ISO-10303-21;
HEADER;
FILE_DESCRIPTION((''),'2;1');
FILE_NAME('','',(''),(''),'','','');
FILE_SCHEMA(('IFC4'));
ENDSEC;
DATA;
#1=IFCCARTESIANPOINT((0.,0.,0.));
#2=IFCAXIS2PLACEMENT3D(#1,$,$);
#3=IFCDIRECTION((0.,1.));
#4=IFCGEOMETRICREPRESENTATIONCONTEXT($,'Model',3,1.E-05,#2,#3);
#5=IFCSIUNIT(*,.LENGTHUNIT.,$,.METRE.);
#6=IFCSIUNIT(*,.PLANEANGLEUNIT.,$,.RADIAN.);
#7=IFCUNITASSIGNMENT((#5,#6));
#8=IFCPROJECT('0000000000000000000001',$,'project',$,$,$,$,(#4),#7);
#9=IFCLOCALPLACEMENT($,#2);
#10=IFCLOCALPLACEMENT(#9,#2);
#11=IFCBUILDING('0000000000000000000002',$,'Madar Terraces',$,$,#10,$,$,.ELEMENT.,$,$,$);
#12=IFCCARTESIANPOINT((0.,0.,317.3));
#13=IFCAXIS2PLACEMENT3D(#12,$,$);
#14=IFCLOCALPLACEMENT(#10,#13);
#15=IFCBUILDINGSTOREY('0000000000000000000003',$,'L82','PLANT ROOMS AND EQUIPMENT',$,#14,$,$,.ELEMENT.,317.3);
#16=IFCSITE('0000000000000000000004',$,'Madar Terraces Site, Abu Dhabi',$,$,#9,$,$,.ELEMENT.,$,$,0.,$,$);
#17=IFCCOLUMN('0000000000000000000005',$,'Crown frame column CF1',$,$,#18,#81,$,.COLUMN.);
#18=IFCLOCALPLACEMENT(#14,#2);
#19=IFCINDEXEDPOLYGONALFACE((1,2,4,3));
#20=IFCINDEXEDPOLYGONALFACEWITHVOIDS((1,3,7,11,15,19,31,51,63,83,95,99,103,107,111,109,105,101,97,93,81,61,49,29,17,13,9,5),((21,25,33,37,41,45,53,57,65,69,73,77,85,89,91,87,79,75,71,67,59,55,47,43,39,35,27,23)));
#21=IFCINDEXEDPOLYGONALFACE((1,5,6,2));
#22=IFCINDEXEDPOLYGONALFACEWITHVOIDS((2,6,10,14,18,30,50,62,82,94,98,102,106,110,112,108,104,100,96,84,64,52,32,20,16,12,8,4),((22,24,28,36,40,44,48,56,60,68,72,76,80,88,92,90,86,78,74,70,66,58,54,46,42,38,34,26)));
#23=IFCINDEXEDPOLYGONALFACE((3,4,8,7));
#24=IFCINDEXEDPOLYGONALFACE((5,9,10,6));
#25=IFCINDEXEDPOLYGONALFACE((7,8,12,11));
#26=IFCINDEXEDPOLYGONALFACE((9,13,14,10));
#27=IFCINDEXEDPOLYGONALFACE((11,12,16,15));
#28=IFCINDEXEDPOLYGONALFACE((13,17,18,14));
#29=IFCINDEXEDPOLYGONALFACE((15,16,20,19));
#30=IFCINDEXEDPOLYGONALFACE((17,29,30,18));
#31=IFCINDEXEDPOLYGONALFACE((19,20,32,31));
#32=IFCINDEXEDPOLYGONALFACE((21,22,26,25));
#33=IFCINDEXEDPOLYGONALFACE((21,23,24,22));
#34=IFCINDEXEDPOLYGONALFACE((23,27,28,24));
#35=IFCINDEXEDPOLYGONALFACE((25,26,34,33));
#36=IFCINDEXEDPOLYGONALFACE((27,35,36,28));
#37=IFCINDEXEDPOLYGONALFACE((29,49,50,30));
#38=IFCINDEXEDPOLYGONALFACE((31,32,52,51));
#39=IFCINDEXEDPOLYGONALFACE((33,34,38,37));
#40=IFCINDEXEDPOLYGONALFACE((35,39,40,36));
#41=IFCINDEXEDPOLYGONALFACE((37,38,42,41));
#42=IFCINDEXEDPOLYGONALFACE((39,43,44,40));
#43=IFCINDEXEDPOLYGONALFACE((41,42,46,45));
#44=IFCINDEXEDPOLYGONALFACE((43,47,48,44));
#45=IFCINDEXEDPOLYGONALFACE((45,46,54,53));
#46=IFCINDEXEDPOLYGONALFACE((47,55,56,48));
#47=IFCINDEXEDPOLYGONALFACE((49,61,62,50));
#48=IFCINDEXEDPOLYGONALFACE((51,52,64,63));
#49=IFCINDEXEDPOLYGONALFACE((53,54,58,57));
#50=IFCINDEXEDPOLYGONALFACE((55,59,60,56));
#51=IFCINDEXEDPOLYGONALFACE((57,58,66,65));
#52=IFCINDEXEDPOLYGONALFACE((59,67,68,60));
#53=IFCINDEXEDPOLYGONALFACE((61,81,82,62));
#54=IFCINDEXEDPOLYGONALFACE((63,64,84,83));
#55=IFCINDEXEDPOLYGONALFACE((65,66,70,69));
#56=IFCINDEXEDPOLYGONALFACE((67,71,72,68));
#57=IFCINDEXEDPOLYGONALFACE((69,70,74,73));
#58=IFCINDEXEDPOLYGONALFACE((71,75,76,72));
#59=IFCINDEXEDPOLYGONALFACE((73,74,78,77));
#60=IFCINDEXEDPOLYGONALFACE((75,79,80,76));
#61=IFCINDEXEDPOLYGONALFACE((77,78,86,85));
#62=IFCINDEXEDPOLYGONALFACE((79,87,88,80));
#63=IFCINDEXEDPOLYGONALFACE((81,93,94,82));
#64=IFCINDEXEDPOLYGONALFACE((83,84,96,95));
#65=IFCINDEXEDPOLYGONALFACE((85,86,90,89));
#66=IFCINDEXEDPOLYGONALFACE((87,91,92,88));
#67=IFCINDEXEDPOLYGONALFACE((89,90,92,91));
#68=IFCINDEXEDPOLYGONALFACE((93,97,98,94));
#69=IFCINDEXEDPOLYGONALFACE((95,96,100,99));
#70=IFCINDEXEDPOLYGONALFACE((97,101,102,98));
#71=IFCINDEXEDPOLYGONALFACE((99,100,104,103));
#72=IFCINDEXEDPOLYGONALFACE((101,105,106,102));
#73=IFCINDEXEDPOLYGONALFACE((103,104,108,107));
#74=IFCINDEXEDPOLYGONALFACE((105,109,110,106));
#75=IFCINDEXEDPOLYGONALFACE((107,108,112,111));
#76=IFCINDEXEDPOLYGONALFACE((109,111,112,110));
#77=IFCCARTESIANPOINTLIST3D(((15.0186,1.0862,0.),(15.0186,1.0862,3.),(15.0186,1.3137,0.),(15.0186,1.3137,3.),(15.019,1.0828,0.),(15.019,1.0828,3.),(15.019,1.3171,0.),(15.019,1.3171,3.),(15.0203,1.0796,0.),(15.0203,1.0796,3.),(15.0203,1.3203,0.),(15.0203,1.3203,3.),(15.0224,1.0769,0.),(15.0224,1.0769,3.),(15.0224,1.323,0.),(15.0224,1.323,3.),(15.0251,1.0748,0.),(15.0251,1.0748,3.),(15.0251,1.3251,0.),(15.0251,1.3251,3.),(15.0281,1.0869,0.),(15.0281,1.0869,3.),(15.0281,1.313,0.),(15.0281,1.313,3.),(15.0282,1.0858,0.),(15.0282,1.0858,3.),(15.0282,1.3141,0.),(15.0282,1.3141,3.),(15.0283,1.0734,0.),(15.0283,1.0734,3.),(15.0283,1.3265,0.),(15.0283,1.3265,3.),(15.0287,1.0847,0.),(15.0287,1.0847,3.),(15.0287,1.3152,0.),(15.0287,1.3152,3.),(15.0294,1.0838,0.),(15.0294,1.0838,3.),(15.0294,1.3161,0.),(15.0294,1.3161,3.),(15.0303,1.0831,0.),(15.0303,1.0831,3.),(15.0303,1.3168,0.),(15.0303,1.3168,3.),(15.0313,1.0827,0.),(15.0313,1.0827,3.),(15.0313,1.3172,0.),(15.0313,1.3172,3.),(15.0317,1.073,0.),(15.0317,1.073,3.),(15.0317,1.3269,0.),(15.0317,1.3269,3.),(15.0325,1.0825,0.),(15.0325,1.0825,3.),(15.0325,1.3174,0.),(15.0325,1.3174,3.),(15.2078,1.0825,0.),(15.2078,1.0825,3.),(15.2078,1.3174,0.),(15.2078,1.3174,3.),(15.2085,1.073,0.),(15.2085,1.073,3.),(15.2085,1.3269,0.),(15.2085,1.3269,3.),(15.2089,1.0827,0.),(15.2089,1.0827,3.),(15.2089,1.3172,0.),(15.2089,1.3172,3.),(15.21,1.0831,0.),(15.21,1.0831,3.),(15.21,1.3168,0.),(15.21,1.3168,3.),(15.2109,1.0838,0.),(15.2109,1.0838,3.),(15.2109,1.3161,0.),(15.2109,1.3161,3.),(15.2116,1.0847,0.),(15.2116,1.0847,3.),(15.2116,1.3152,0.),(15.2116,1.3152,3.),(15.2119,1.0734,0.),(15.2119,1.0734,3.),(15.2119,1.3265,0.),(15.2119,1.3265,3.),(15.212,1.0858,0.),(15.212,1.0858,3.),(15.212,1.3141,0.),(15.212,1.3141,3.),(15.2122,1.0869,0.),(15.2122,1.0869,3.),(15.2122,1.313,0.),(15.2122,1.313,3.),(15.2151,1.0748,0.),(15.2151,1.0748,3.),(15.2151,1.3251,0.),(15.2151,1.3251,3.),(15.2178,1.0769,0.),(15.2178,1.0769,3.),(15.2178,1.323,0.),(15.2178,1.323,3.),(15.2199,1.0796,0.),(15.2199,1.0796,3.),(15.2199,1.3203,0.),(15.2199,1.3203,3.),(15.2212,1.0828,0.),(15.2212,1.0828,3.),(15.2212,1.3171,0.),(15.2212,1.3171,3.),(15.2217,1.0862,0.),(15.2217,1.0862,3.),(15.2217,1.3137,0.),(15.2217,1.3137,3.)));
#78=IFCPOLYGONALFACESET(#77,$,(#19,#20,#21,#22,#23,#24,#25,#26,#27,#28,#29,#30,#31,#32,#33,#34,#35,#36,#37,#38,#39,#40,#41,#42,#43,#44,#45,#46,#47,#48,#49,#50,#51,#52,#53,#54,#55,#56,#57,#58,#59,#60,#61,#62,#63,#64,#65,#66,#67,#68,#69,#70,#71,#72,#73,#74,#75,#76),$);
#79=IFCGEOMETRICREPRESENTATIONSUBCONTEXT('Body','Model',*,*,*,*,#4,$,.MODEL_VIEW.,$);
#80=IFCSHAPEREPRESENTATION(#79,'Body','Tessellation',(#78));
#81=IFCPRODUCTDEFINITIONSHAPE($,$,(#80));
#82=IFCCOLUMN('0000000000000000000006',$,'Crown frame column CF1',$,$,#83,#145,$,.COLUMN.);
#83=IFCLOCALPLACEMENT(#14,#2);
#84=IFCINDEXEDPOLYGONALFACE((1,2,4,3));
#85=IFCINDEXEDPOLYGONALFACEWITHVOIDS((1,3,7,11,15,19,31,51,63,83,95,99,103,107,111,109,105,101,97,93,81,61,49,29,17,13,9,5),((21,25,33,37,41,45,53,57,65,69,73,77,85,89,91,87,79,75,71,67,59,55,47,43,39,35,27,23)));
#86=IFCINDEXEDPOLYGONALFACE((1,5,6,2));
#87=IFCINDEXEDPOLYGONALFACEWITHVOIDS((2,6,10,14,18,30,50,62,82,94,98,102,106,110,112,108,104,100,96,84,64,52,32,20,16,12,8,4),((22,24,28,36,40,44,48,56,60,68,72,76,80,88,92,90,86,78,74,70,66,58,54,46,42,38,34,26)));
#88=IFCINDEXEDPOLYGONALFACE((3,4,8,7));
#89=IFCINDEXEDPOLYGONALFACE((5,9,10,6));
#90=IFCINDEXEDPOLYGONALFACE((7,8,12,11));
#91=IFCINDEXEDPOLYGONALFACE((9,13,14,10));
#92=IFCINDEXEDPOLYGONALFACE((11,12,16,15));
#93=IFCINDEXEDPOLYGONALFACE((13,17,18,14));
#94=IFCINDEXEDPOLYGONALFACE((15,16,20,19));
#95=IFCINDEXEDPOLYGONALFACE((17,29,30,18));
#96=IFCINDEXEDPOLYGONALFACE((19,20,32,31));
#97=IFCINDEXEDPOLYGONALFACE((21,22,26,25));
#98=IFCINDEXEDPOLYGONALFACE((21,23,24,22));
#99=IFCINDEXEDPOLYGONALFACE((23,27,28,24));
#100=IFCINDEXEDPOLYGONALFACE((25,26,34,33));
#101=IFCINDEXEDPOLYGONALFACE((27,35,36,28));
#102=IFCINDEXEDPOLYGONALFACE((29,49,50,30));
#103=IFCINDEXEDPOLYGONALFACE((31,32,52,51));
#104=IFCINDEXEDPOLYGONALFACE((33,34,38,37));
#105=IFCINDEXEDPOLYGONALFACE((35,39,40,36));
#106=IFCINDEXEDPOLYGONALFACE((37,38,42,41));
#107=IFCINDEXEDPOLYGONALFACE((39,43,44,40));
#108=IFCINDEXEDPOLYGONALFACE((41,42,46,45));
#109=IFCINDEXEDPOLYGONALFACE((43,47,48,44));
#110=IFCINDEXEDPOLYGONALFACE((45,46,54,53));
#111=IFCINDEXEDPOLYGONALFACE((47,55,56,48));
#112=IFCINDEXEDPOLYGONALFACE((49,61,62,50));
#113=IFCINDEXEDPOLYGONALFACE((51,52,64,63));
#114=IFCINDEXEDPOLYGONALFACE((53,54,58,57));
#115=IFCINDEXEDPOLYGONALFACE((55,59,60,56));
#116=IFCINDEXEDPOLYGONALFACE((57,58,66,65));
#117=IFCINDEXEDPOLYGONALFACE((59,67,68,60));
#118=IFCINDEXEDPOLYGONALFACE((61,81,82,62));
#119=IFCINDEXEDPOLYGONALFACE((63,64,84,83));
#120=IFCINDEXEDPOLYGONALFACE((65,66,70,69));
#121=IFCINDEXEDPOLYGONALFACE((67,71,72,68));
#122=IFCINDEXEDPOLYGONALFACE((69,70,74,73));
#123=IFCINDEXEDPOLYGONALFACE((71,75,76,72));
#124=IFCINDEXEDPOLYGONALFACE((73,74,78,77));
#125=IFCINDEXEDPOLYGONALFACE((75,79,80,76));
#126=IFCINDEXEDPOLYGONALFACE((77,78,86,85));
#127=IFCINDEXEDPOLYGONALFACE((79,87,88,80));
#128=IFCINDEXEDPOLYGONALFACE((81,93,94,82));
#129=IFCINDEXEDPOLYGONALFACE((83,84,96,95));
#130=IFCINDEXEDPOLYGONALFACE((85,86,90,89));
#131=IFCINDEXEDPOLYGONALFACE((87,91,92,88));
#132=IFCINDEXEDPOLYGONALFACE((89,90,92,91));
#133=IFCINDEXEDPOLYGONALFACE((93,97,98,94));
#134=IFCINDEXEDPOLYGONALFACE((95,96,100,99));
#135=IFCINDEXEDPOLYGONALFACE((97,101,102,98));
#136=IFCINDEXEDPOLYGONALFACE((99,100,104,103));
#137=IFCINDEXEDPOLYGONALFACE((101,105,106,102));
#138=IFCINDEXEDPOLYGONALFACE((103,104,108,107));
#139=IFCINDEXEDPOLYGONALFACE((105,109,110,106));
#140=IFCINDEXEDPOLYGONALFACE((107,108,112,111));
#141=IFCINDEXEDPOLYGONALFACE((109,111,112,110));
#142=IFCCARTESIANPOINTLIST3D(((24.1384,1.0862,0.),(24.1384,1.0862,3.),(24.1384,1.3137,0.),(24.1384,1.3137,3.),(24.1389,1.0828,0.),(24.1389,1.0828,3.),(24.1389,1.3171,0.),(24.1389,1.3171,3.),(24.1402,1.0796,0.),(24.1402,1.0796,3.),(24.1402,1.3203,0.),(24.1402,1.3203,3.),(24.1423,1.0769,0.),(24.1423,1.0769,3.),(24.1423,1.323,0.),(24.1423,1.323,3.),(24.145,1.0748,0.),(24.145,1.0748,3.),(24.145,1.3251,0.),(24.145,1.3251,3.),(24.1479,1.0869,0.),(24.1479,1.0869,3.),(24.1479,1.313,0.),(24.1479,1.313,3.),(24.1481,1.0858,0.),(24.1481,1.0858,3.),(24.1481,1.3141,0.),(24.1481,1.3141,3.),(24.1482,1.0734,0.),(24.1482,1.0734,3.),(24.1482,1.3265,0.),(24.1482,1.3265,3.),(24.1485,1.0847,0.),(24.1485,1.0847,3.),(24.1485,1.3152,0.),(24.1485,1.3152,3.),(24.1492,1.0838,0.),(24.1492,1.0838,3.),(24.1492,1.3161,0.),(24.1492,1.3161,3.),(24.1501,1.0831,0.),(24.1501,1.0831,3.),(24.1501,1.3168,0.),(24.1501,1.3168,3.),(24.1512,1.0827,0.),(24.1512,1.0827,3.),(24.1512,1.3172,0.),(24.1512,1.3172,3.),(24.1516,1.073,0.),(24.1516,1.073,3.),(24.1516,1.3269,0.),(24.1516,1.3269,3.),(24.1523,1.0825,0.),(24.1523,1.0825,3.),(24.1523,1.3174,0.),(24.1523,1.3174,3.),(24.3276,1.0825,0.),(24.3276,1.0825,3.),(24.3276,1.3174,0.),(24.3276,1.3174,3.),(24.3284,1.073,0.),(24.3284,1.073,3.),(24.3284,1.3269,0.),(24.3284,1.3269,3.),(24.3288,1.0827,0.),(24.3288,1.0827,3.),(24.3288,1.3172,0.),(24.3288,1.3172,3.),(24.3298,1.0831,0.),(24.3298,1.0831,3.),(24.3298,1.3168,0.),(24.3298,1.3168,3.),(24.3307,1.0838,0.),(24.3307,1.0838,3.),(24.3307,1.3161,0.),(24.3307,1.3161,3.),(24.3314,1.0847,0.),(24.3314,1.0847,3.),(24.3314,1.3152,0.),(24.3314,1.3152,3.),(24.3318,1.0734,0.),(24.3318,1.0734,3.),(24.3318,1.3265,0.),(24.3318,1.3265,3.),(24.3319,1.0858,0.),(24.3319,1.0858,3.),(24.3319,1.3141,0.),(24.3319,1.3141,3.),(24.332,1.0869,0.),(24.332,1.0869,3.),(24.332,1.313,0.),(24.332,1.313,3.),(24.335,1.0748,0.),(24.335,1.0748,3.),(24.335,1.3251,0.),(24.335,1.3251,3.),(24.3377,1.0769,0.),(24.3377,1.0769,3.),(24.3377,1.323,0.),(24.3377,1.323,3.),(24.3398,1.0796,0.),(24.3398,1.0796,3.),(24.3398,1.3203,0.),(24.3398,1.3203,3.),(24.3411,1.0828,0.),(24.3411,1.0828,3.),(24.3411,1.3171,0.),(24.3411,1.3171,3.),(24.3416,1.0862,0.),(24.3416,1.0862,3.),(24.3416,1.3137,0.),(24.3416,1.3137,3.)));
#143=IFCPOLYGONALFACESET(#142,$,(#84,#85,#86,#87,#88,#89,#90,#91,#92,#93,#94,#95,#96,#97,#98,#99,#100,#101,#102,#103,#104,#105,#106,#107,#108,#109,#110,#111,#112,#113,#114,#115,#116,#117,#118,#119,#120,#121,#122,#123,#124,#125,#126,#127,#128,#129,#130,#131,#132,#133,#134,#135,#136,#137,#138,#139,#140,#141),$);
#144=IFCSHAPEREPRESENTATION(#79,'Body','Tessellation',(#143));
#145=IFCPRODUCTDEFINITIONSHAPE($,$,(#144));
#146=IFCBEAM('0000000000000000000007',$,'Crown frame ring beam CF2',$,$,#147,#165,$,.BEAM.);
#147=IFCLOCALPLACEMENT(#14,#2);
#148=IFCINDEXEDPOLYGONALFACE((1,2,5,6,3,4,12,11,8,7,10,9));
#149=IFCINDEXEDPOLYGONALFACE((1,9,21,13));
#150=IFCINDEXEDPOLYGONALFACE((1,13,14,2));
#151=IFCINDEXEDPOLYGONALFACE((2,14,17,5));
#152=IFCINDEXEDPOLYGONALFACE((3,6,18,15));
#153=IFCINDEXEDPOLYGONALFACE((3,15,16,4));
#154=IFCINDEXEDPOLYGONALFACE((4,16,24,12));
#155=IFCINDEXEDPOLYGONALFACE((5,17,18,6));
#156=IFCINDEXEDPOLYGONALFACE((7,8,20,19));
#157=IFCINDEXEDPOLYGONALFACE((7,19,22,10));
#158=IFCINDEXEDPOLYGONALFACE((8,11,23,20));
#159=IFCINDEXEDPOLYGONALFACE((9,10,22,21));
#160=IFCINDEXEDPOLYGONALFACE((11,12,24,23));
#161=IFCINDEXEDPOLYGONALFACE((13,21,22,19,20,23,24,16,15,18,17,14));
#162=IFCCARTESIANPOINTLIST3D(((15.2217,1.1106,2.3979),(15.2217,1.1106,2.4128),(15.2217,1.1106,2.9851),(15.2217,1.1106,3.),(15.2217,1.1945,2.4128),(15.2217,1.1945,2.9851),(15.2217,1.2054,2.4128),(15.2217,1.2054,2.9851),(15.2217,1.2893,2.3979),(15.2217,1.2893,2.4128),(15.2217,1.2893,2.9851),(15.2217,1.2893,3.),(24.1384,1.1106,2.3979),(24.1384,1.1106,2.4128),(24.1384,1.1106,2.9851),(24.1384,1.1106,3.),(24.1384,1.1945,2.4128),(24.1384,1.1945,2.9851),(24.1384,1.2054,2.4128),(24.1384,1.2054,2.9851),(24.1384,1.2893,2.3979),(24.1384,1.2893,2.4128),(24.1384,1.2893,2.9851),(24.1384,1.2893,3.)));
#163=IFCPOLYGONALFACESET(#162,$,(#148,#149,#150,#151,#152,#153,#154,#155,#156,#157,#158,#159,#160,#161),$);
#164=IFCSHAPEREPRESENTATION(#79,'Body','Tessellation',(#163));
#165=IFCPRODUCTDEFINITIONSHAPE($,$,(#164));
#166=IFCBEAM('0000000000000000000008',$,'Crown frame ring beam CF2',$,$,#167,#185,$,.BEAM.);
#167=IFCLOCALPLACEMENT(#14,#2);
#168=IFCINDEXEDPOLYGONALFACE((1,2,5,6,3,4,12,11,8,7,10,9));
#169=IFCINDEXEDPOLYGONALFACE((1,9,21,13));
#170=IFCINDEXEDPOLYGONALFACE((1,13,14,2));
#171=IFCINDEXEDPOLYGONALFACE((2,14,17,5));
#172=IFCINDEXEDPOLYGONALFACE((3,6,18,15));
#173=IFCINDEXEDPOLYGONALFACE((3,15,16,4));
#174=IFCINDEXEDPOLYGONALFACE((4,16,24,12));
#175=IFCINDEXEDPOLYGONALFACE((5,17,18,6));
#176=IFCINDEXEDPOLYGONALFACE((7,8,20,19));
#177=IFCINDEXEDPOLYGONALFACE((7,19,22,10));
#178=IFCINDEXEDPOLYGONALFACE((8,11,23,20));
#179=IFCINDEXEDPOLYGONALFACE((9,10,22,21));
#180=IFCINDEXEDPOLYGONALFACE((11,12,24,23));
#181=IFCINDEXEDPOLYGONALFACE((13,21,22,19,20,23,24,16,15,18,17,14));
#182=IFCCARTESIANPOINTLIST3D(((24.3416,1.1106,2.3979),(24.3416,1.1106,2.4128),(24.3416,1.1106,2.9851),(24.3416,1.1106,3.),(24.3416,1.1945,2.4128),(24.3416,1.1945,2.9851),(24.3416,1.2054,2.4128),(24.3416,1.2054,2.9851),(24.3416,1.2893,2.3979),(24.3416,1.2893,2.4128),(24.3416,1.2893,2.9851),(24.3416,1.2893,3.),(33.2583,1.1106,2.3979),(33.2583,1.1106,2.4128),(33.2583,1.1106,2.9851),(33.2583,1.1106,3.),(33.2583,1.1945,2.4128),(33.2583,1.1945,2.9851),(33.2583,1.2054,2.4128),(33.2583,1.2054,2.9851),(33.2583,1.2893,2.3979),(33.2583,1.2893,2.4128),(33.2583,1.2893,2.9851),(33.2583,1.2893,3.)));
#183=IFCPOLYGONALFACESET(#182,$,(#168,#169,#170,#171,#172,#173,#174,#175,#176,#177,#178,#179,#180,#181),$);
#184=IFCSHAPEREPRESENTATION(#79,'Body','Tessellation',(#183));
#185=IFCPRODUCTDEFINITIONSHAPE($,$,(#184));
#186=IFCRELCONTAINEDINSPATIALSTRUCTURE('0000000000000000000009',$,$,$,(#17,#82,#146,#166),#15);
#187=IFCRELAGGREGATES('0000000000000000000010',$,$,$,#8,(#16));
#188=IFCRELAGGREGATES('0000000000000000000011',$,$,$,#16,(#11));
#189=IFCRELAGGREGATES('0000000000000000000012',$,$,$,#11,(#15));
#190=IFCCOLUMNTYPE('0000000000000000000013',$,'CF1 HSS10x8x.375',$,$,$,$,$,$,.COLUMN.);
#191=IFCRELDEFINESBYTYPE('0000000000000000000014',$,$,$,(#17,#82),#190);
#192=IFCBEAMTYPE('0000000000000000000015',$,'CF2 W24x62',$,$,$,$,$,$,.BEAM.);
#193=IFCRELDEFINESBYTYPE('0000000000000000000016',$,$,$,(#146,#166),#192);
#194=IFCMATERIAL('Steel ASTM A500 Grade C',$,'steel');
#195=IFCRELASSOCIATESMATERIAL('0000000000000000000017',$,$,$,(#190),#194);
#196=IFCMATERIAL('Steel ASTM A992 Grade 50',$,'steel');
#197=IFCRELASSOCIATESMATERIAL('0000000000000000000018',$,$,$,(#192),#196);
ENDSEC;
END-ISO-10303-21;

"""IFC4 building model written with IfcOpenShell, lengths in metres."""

from ifc_helpers import new_model, si_unit, direction, frame, origin, origin_2d, place, context, subcontext, project, spatial, hollow_rectangle, i_section, extrude, material, material_profile, profile_set, type_object, element, save


model = new_model("IFC4")

# Units and contexts
model_context = context("Model", 3, precision=1e-05, world=origin(), true_north=direction((0.0, 1.0)))
body_context = subcontext(model_context, "Body", "Model", "MODEL_VIEW")
ifc_project = project(units=[si_unit("LENGTHUNIT", "METRE"), si_unit("PLANEANGLEUNIT", "RADIAN")], contexts=[model_context])

# Site, building, storey
site_placement = place(None, origin())
site = spatial("IfcSite", under=ifc_project, at=site_placement, Name="Madar Terraces Site, Abu Dhabi", CompositionType="ELEMENT", RefElevation=0.0)
building_placement = place(site_placement, origin())
building = spatial("IfcBuilding", under=site, at=building_placement, Name="Madar Terraces", CompositionType="ELEMENT")
storey_placement = place(building_placement, frame((0.0, 0.0, 317.3)))
storey = spatial("IfcBuildingStorey", under=building, at=storey_placement, Name="L82", Description="PLANT ROOMS AND EQUIPMENT", CompositionType="ELEMENT", Elevation=317.3)

# Columns
ifc_material_1 = material(Name="Steel ASTM A500 Grade C", Category="steel")
ifc_material_profile_1 = material_profile(ifc_material_1, hollow_rectangle(XDim=0.2031, YDim=0.2539, WallThickness=0.0095, InnerFilletRadius=0.0044, OuterFilletRadius=0.0132, at=origin_2d()), Name="HSS10x8x.375")
ifc_profile_set_1 = profile_set([ifc_material_profile_1], Name="Steel ASTM A500 Grade C")
column_type = type_object("IfcColumnType", Name="CF1 HSS10x8x.375", PredefinedType="COLUMN", material=ifc_profile_set_1)
for number, where, z_axis, x_axis, name in (
    (1, (15.1201, 1.2, 0.0), (0.0, 0.0, 1.0), (1.0, 0.0, 0.0), "Crown frame column CF1"),
    (2, (24.24, 1.2, 0.0), (0.0, 0.0, 1.0), (1.0, 0.0, 0.0), "Crown frame column CF1"),
):
    element("IfcColumn", number, at=place(storey_placement, frame(where, z_axis=z_axis, x_axis=x_axis)), inside=storey, type_object=column_type, Name=name, PredefinedType="COLUMN", context=body_context, shape_type="SweptSolid", body=[
        extrude(hollow_rectangle(XDim=0.2031, YDim=0.2539, WallThickness=0.0095, InnerFilletRadius=0.0044, OuterFilletRadius=0.0132, at=origin_2d()), origin(), (0.0, 0.0, 1.0), 3.0),
    ])

# Beams
ifc_material_2 = material(Name="Steel ASTM A992 Grade 50", Category="steel")
ifc_material_profile_2 = material_profile(ifc_material_2, i_section(OverallWidth=0.1787, OverallDepth=0.6021, WebThickness=0.011, FlangeThickness=0.0149, at=origin_2d()), Name="W24x62")
ifc_profile_set_2 = profile_set([ifc_material_profile_2], Name="Steel ASTM A992 Grade 50")
beam_type = type_object("IfcBeamType", Name="CF2 W24x62", PredefinedType="BEAM", material=ifc_profile_set_2)
for number, where, z_axis, x_axis, name in (
    (3, (15.2217, 1.2, 2.699), (1.0, 0.0, 0.0), (0.0, 1.0, 0.0), "Crown frame ring beam CF2"),
    (4, (24.3416, 1.2, 2.699), (1.0, 0.0, 0.0), (0.0, 1.0, 0.0), "Crown frame ring beam CF2"),
):
    element("IfcBeam", number, at=place(storey_placement, frame(where, z_axis=z_axis, x_axis=x_axis)), inside=storey, type_object=beam_type, Name=name, PredefinedType="BEAM", context=body_context, shape_type="SweptSolid", body=[
        extrude(i_section(OverallWidth=0.1787, OverallDepth=0.6021, WebThickness=0.011, FlangeThickness=0.0149, at=origin_2d()), origin(), (0.0, 0.0, 1.0), 8.9167),
    ])

save(model, "model.ifc")
